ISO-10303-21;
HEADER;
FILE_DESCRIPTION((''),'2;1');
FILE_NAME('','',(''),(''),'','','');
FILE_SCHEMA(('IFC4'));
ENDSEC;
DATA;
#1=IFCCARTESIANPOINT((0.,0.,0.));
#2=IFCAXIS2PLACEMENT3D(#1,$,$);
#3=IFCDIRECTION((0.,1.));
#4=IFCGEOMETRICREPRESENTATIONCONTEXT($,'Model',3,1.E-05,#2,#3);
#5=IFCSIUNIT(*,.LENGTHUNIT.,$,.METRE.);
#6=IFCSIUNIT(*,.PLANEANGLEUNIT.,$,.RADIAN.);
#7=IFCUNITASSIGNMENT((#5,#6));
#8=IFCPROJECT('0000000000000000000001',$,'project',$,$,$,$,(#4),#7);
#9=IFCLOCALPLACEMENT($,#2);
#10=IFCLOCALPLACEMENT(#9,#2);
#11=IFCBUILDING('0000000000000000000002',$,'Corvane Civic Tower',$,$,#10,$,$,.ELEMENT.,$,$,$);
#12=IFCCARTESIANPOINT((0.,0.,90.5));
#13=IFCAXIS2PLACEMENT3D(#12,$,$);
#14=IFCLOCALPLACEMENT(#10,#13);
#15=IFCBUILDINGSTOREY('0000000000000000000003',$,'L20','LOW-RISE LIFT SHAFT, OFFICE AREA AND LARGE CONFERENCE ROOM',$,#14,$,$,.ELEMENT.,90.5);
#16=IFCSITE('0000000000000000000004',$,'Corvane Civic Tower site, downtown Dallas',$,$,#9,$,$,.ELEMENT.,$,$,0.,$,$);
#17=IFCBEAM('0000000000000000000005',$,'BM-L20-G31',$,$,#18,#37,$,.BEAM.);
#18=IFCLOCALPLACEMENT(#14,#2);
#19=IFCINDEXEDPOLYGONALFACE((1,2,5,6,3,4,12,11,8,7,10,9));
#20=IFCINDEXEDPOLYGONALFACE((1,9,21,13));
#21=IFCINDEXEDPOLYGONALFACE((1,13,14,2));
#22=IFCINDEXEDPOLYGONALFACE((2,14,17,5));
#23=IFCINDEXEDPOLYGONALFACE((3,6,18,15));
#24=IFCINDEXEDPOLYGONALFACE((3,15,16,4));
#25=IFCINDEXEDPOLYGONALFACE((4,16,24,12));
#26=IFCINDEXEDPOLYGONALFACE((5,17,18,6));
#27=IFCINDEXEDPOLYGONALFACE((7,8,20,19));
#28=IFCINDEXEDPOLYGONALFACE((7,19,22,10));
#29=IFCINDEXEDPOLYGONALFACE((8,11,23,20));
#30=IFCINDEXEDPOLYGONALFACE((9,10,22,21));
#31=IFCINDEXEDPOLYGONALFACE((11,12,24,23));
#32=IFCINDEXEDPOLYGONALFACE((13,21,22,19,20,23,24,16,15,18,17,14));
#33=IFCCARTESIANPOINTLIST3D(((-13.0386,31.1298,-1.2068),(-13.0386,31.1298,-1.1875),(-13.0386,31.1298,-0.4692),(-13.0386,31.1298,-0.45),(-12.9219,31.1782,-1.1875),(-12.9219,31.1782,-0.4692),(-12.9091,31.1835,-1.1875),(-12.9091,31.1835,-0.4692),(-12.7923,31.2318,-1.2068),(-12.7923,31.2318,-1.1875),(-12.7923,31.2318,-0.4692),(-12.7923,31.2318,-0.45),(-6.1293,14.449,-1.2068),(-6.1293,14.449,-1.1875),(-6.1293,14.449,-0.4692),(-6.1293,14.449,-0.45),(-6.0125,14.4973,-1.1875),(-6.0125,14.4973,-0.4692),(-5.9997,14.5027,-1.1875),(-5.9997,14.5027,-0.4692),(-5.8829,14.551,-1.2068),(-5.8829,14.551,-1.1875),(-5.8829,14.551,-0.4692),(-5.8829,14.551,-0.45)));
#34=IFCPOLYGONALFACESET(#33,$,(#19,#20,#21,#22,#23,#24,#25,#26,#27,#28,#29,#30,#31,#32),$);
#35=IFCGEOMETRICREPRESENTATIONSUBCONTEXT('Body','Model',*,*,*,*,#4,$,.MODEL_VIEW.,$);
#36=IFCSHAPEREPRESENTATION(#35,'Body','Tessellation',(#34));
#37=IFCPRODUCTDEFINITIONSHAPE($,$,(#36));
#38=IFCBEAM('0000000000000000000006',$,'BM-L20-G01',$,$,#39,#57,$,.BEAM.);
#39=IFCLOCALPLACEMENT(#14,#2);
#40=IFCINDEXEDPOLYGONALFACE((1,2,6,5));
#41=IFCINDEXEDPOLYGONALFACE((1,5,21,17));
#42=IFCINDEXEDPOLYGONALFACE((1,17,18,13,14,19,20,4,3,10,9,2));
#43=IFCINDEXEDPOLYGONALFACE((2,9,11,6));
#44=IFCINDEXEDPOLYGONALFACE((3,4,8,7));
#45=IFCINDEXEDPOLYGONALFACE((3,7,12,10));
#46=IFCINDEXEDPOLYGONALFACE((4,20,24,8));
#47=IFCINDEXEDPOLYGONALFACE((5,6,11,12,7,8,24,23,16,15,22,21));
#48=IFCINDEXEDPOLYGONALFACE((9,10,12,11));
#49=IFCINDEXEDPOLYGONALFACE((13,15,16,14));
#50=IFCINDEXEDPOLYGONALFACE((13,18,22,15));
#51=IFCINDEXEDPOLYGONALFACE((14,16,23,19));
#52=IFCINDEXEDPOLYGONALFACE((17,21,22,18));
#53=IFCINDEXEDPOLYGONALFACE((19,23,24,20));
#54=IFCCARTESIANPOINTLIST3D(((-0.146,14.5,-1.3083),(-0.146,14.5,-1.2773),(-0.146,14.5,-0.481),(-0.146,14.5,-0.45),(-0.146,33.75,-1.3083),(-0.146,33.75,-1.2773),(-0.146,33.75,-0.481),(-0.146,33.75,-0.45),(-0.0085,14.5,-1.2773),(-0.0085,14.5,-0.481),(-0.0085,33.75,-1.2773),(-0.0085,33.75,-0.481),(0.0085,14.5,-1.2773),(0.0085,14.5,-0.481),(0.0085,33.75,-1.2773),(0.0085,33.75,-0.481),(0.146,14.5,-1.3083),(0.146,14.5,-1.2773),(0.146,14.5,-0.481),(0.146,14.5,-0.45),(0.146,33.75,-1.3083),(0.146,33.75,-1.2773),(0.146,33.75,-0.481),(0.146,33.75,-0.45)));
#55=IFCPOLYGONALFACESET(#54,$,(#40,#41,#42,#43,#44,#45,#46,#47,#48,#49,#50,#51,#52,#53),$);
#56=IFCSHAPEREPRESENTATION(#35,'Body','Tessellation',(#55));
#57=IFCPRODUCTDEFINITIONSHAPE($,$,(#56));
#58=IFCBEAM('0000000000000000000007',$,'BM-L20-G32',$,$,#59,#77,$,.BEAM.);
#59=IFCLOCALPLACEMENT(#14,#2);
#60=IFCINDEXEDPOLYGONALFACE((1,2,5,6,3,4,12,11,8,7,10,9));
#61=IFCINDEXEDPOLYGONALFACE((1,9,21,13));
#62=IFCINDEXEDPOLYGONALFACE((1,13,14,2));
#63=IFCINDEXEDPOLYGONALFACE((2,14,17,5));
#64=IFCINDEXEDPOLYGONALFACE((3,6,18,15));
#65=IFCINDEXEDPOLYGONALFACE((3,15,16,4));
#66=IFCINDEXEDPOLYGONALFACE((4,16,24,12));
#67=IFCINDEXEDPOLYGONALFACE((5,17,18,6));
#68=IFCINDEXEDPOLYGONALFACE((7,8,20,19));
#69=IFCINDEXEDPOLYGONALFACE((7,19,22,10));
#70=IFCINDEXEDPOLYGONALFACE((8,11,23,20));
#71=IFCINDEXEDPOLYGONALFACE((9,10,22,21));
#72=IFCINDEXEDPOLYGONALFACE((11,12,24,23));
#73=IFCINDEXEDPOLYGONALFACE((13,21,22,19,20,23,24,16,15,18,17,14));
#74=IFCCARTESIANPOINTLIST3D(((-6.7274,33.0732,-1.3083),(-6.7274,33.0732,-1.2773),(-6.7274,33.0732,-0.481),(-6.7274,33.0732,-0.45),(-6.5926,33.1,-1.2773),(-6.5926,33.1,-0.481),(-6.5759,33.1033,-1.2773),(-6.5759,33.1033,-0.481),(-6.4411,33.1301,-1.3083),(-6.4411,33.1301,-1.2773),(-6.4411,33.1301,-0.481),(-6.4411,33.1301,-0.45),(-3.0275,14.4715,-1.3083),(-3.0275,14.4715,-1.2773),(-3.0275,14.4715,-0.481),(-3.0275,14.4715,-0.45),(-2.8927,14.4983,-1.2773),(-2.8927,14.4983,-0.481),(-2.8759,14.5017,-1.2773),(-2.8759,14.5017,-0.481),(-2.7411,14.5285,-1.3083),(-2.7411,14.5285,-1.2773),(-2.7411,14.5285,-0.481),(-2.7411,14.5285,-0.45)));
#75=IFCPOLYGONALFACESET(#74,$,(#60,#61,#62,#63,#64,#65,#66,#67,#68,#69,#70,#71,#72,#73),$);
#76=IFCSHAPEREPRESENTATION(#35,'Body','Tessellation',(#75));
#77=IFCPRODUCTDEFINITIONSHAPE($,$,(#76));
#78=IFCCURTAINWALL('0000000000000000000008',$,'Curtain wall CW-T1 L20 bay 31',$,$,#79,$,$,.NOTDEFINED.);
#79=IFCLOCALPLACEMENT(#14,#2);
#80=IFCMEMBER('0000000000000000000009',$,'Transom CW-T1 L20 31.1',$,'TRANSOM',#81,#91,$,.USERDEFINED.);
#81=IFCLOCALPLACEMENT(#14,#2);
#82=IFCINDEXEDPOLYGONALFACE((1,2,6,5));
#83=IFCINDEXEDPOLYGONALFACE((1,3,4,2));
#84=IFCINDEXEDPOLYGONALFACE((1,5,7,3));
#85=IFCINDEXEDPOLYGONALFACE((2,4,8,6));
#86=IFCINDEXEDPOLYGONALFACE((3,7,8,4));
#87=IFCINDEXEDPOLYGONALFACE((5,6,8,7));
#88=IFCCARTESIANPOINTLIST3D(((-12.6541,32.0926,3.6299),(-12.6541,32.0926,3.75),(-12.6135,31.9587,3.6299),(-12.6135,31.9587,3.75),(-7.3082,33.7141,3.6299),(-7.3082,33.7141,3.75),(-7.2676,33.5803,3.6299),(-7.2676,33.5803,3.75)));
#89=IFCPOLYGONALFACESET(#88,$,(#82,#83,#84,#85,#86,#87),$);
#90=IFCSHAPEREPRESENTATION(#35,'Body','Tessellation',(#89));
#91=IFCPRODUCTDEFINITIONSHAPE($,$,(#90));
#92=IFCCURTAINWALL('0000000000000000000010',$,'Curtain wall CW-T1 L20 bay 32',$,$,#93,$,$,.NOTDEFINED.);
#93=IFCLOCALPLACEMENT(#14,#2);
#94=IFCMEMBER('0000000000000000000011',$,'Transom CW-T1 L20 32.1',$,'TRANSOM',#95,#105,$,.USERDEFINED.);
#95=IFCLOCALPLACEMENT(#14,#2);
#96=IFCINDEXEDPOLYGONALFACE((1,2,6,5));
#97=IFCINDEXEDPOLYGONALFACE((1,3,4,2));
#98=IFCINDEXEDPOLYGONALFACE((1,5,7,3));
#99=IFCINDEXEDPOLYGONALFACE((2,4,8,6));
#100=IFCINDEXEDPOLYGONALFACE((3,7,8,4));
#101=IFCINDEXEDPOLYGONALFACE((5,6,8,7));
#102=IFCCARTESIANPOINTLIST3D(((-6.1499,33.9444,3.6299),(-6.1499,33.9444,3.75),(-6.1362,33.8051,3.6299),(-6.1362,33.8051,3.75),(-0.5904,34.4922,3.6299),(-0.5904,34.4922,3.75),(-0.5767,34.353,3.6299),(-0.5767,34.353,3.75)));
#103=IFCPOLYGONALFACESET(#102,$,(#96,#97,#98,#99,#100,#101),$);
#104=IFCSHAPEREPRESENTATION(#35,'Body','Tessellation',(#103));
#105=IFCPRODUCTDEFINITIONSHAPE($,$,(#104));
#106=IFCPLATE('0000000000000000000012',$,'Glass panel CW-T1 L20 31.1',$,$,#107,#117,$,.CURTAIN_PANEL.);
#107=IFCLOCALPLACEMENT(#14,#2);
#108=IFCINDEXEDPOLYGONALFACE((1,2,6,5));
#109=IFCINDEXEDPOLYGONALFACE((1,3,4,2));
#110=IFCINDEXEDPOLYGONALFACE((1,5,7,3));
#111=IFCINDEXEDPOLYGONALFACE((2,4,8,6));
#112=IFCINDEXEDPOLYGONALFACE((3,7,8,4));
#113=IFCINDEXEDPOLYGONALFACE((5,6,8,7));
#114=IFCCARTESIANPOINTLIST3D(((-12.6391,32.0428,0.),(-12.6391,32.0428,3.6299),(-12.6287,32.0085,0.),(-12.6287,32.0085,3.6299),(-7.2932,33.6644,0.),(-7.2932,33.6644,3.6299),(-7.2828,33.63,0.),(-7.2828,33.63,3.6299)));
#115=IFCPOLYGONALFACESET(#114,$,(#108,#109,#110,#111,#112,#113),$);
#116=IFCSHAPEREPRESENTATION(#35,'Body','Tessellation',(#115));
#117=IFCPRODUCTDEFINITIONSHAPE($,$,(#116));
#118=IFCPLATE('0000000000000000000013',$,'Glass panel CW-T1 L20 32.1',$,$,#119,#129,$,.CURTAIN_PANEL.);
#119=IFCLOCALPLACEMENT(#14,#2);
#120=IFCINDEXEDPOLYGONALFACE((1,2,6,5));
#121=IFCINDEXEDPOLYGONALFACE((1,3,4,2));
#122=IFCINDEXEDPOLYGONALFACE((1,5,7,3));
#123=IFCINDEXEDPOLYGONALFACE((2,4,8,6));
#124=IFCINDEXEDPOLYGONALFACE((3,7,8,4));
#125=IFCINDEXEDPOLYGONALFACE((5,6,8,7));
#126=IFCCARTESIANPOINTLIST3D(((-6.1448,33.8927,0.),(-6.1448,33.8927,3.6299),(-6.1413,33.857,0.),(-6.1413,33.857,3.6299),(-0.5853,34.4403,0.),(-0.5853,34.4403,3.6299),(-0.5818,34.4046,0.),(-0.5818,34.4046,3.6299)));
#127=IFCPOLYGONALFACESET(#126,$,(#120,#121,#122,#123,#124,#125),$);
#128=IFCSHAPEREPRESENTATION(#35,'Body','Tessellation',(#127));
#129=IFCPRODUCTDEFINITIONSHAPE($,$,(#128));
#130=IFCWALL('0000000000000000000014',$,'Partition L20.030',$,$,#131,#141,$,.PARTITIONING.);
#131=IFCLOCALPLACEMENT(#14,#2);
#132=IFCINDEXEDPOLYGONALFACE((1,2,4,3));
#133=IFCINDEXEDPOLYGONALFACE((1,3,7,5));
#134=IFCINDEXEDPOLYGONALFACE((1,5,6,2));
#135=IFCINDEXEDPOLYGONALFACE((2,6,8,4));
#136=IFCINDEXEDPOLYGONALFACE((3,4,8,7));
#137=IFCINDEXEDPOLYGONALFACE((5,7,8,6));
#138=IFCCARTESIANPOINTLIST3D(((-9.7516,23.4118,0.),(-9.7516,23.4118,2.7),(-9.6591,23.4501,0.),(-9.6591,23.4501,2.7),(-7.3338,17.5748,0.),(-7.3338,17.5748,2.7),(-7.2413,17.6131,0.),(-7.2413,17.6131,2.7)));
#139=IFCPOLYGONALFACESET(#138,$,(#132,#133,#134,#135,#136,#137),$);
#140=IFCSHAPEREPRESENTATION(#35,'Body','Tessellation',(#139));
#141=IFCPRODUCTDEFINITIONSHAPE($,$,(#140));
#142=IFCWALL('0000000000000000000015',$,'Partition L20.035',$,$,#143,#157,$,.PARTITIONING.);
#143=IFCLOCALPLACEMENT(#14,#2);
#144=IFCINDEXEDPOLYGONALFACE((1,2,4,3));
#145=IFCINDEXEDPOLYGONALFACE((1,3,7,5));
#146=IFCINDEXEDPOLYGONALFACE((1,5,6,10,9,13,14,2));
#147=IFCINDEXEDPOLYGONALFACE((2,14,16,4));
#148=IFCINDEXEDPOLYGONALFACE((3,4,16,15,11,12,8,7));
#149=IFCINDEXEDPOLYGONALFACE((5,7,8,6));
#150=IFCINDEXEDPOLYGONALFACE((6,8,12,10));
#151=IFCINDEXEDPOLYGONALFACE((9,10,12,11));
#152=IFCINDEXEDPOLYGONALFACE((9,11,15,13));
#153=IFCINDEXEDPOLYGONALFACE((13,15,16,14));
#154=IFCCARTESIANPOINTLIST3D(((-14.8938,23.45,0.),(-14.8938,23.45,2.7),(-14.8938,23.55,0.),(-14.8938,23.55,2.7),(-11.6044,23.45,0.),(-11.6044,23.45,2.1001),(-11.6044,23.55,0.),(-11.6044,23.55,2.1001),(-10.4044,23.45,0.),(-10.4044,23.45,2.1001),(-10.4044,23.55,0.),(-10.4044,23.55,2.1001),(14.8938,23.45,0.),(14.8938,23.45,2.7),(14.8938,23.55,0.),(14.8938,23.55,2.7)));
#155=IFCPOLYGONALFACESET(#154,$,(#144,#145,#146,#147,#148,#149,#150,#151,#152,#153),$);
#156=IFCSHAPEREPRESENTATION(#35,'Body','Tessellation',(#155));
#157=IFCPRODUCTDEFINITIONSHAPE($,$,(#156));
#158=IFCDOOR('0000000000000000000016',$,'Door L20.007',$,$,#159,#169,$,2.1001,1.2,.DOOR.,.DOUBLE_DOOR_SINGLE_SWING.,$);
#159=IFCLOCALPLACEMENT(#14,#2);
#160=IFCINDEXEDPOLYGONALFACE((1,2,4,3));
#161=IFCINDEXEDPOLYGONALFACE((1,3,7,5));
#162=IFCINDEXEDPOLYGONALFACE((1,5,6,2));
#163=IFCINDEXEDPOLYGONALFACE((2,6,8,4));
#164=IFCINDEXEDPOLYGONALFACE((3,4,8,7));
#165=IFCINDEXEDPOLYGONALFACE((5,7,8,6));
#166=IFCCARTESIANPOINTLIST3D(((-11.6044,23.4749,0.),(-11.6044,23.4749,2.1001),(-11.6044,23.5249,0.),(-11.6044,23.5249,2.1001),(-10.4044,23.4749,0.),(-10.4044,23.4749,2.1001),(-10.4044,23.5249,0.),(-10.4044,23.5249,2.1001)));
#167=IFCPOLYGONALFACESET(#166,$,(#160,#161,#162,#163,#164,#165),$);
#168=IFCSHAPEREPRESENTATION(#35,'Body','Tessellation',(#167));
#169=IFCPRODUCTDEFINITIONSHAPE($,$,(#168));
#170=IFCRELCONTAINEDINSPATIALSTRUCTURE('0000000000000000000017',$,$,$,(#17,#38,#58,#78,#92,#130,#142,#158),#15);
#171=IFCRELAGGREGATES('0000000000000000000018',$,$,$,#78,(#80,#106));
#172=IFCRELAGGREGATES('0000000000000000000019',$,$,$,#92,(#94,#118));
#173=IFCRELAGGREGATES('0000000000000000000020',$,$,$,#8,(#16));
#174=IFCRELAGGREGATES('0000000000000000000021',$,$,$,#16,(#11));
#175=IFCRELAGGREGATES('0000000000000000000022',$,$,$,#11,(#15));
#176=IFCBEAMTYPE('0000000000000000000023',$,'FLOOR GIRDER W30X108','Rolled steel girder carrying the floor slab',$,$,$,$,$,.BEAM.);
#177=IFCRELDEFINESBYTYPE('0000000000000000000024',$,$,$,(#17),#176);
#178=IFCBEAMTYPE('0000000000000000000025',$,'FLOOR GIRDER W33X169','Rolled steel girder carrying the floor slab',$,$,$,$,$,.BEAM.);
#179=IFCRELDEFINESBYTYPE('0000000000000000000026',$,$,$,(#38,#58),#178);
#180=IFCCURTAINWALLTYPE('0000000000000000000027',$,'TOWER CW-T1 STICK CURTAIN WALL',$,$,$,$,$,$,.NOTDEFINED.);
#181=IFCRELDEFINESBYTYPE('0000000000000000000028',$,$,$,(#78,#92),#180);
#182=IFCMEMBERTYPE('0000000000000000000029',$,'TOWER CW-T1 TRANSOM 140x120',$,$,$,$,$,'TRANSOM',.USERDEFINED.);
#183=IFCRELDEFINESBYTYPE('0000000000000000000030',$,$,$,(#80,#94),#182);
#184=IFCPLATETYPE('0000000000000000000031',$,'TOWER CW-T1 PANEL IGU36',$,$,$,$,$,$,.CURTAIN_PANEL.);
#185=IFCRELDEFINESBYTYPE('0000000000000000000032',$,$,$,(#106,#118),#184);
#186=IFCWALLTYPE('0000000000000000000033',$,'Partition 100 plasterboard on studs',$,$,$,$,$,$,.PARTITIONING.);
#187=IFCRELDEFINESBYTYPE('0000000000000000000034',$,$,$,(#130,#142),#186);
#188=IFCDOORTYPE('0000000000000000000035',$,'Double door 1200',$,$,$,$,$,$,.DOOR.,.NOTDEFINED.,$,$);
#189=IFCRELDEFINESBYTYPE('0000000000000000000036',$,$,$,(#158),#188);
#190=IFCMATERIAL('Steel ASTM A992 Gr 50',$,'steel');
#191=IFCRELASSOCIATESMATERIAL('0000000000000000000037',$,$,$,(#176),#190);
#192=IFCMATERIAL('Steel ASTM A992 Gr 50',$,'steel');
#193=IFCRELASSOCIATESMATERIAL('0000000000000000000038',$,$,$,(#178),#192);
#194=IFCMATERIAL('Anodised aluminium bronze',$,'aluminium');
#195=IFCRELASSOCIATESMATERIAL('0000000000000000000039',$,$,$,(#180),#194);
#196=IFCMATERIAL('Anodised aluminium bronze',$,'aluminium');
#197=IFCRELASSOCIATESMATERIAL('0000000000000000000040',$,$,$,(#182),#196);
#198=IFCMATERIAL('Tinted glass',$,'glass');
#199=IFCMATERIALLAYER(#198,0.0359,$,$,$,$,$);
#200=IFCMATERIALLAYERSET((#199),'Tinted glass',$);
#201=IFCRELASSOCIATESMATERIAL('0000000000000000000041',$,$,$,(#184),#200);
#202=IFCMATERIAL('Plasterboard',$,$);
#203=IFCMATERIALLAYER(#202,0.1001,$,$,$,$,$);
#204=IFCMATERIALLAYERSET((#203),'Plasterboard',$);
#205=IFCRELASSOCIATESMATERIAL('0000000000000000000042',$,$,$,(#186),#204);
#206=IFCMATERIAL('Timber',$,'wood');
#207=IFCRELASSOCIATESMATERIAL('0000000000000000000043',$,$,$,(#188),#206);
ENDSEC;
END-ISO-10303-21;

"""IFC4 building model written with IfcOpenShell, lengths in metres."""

from ifc_helpers import new_model, si_unit, direction, frame, frame_2d, origin, origin_2d, place, context, subcontext, project, spatial, rectangle, i_section, extrude, material, layer, layer_set, material_profile, profile_set, type_object, element, fill, aggregate, save


model = new_model("IFC4")

# Units and contexts
model_context = context("Model", 3, precision=1e-05, world=origin(), true_north=direction((0.0, 1.0)))
body_context = subcontext(model_context, "Body", "Model", "MODEL_VIEW")
ifc_project = project(units=[si_unit("LENGTHUNIT", "METRE"), si_unit("PLANEANGLEUNIT", "RADIAN")], contexts=[model_context])

# Site, building, storey
site_placement = place(None, origin())
site = spatial("IfcSite", under=ifc_project, at=site_placement, Name="Corvane Civic Tower site, downtown Dallas", CompositionType="ELEMENT", RefElevation=0.0)
building_placement = place(site_placement, origin())
building = spatial("IfcBuilding", under=site, at=building_placement, Name="Corvane Civic Tower", CompositionType="ELEMENT")
storey_placement = place(building_placement, frame((0.0, 0.0, 90.5)))
storey = spatial("IfcBuildingStorey", under=building, at=storey_placement, Name="L20", Description="LOW-RISE LIFT SHAFT, OFFICE AREA AND LARGE CONFERENCE ROOM", CompositionType="ELEMENT", Elevation=90.5)

# Beams
ifc_material_1 = material(Name="Steel ASTM A992 Gr 50", Category="steel")
ifc_material_profile_1 = material_profile(ifc_material_1, i_section(OverallWidth=0.2666, OverallDepth=0.7568, WebThickness=0.0139, FlangeThickness=0.0193, at=origin_2d()), Name="W30X108")
ifc_profile_set_1 = profile_set([ifc_material_profile_1], Name="Steel ASTM A992 Gr 50")
beam_type_1 = type_object("IfcBeamType", Name="FLOOR GIRDER W30X108", Description="Rolled steel girder carrying the floor slab", PredefinedType="BEAM", material=ifc_profile_set_1)
beam_1_placement = place(storey_placement, frame((-6.0061, 14.5, -0.8284), z_axis=(-0.382682, 0.92388, 0.0), x_axis=(-0.92388, -0.382682, 0.0)))
element("IfcBeam", 1, at=beam_1_placement, inside=storey, type_object=beam_type_1, Name="BM-L20-G31", PredefinedType="BEAM", context=body_context, shape_type="SweptSolid", body=[
    extrude(i_section(OverallWidth=0.2666, OverallDepth=0.7568, WebThickness=0.0139, FlangeThickness=0.0193, at=origin_2d()), origin(), (0.0, 0.0, 1.0), 18.0552),
])
ifc_material_2 = material(Name="Steel ASTM A992 Gr 50", Category="steel")
ifc_material_profile_2 = material_profile(ifc_material_2, i_section(OverallWidth=0.292, OverallDepth=0.8584, WebThickness=0.0171, FlangeThickness=0.031, at=origin_2d()), Name="W33X169")
ifc_profile_set_2 = profile_set([ifc_material_profile_2], Name="Steel ASTM A992 Gr 50")
beam_type_2 = type_object("IfcBeamType", Name="FLOOR GIRDER W33X169", Description="Rolled steel girder carrying the floor slab", PredefinedType="BEAM", material=ifc_profile_set_2)
beam_2_placement = place(storey_placement, frame((0.0, 14.5, -0.8792), z_axis=(0.0, 1.0, 0.0), x_axis=(-1.0, 0.0, 0.0)))
element("IfcBeam", 2, at=beam_2_placement, inside=storey, type_object=beam_type_2, Name="BM-L20-G01", PredefinedType="BEAM", context=body_context, shape_type="SweptSolid", body=[
    extrude(i_section(OverallWidth=0.292, OverallDepth=0.8584, WebThickness=0.0171, FlangeThickness=0.031, at=origin_2d()), origin(), (0.0, 0.0, 1.0), 19.25),
])
beam_3_placement = place(storey_placement, frame((-2.8843, 14.5, -0.8792), z_axis=(-0.195084, 0.980787, 0.0), x_axis=(-0.980787, -0.195084, 0.0)))
element("IfcBeam", 3, at=beam_3_placement, inside=storey, type_object=beam_type_2, Name="BM-L20-G32", PredefinedType="BEAM", context=body_context, shape_type="SweptSolid", body=[
    extrude(i_section(OverallWidth=0.292, OverallDepth=0.8584, WebThickness=0.0171, FlangeThickness=0.031, at=origin_2d()), origin(), (0.0, 0.0, 1.0), 18.9661),
])

# Curtain walls, members
ifc_material_3 = material(Name="Anodised aluminium bronze", Category="aluminium")
curtain_wall_type = type_object("IfcCurtainWallType", Name="TOWER CW-T1 STICK CURTAIN WALL", PredefinedType="NOTDEFINED", material=ifc_material_3)
curtain_wall_1_placement = place(storey_placement, origin())
curtain_wall_1 = element("IfcCurtainWall", 4, at=curtain_wall_1_placement, inside=storey, type_object=curtain_wall_type, Name="Curtain wall CW-T1 L20 bay 31", PredefinedType="NOTDEFINED")
ifc_material_4 = material(Name="Anodised aluminium bronze", Category="aluminium")
ifc_material_profile_3 = material_profile(ifc_material_4, rectangle(XDim=0.1399, YDim=0.1201, at=origin_2d()), Name="TOWER CW-T1 TRANSOM 140x120")
ifc_profile_set_3 = profile_set([ifc_material_profile_3], Name="Anodised aluminium bronze")
member_type = type_object("IfcMemberType", Name="TOWER CW-T1 TRANSOM 140x120", ElementType="TRANSOM", PredefinedType="USERDEFINED", material=ifc_profile_set_3)
member_1_placement = place(storey_placement, frame((-12.6338, 32.0256, 3.6899), z_axis=(0.956945, 0.290269, 0.0), x_axis=(-0.290269, 0.956945, 0.0)))
member_1 = element("IfcMember", 5, at=member_1_placement, type_object=member_type, Name="Transom CW-T1 L20 31.1", ObjectType="TRANSOM", PredefinedType="USERDEFINED", context=body_context, shape_type="SweptSolid", body=[
    extrude(rectangle(XDim=0.1399, YDim=0.1201, at=origin_2d()), origin(), (0.0, 0.0, 1.0), 5.5864),
])
curtain_wall_2_placement = place(storey_placement, origin())
curtain_wall_2 = element("IfcCurtainWall", 6, at=curtain_wall_2_placement, inside=storey, type_object=curtain_wall_type, Name="Curtain wall CW-T1 L20 bay 32", PredefinedType="NOTDEFINED")
member_2_placement = place(storey_placement, frame((-6.1431, 33.8748, 3.6899), z_axis=(0.99518, 0.098067, 0.0), x_axis=(-0.098067, 0.99518, 0.0)))
member_2 = element("IfcMember", 7, at=member_2_placement, type_object=member_type, Name="Transom CW-T1 L20 32.1", ObjectType="TRANSOM", PredefinedType="USERDEFINED", context=body_context, shape_type="SweptSolid", body=[
    extrude(rectangle(XDim=0.1399, YDim=0.1201, at=origin_2d()), origin(), (0.0, 0.0, 1.0), 5.5864),
])

# Plates
ifc_material_5 = material(Name="Tinted glass", Category="glass")
ifc_layer_1 = layer(ifc_material_5, 0.0359)
ifc_layer_set_1 = layer_set([ifc_layer_1], Name="Tinted glass")
plate_type = type_object("IfcPlateType", Name="TOWER CW-T1 PANEL IGU36", PredefinedType="CURTAIN_PANEL", material=ifc_layer_set_1)
plate_1_placement = place(storey_placement, frame((-9.9609, 32.8364, 0.0), z_axis=(0.0, 0.0, 1.0), x_axis=(0.956946, 0.290266, 0.0)))
plate_1 = element("IfcPlate", 8, at=plate_1_placement, type_object=plate_type, Name="Glass panel CW-T1 L20 31.1", PredefinedType="CURTAIN_PANEL", context=body_context, shape_type="SweptSolid", body=[
    extrude(rectangle(XDim=5.5864, YDim=0.0359, at=origin_2d()), origin(), (0.0, 0.0, 1.0), 3.6299),
])
aggregate(curtain_wall_1, [member_1, plate_1])
plate_2_placement = place(storey_placement, frame((-3.3633, 34.1487, 0.0), z_axis=(0.0, 0.0, 1.0), x_axis=(0.995184, 0.098027, 0.0)))
plate_2 = element("IfcPlate", 9, at=plate_2_placement, type_object=plate_type, Name="Glass panel CW-T1 L20 32.1", PredefinedType="CURTAIN_PANEL", context=body_context, shape_type="SweptSolid", body=[
    extrude(rectangle(XDim=5.5864, YDim=0.0359, at=origin_2d()), origin(), (0.0, 0.0, 1.0), 3.6299),
])
aggregate(curtain_wall_2, [member_2, plate_2])

# Wall
ifc_material_6 = material(Name="Plasterboard")
ifc_layer_2 = layer(ifc_material_6, 0.1001)
ifc_layer_set_2 = layer_set([ifc_layer_2], Name="Plasterboard")
wall_type = type_object("IfcWallType", Name="Partition 100 plasterboard on studs", PredefinedType="PARTITIONING", material=ifc_layer_set_2)
wall_1_placement = place(storey_placement, frame((-9.7053, 23.4309, 0.0), z_axis=(0.0, 0.0, 1.0), x_axis=(0.382683, -0.92388, 0.0)))
element("IfcWall", 10, at=wall_1_placement, inside=storey, type_object=wall_type, Name="Partition L20.030", PredefinedType="PARTITIONING", context=body_context, shape_type="SweptSolid", body=[
    extrude(rectangle(XDim=6.3179, YDim=0.1001, at=frame_2d((3.1589, 0.0))), origin(), (0.0, 0.0, 1.0), 2.7),
])

# Wall, opening, door
wall_2_placement = place(storey_placement, frame((-14.8938, 23.5, 0.0), z_axis=(0.0, 0.0, 1.0), x_axis=(1.0, 0.0, 0.0)))
wall_2 = element("IfcWall", 11, at=wall_2_placement, inside=storey, type_object=wall_type, Name="Partition L20.035", PredefinedType="PARTITIONING", context=body_context, shape_type="SweptSolid", body=[
    extrude(rectangle(XDim=29.7876, YDim=0.1001, at=frame_2d((14.8938, 0.0))), origin(), (0.0, 0.0, 1.0), 2.7),
])
opening_1_placement = place(wall_2_placement, frame((3.2893, 0.0, 0.0)))
opening_1 = element("IfcOpeningElement", 12, at=opening_1_placement, cuts=wall_2, PredefinedType="OPENING", context=body_context, shape_type="SweptSolid", body=[
    extrude(rectangle(XDim=1.2, YDim=2.1001, at=frame_2d((0.6001, 1.05))), frame((0.0, 0.0601, 0.0), z_axis=(0.0, -1.0, 0.0), x_axis=(1.0, 0.0, 0.0)), (0.0, 0.0, 1.0), 0.1201),
])
ifc_material_7 = material(Name="Timber", Category="wood")
door_type_1 = type_object("IfcDoorType", Name="Double door 1200", OperationType="NOTDEFINED", PredefinedType="DOOR", material=ifc_material_7)
door_1_placement = place(opening_1_placement, origin())
door_1 = element("IfcDoor", 13, at=door_1_placement, inside=storey, type_object=door_type_1, Name="Door L20.007", OperationType="DOUBLE_DOOR_SINGLE_SWING", OverallHeight=2.1001, OverallWidth=1.2, PredefinedType="DOOR", context=body_context, shape_type="SweptSolid", body=[
    extrude(rectangle(XDim=1.2, YDim=2.1001, at=frame_2d((0.6001, 1.05))), frame((0.0, 0.0249, 0.0), z_axis=(0.0, -1.0, 0.0), x_axis=(1.0, 0.0, 0.0)), (0.0, 0.0, 1.0), 0.05),
])
fill(opening_1, door_1)

save(model, "model.ifc")
